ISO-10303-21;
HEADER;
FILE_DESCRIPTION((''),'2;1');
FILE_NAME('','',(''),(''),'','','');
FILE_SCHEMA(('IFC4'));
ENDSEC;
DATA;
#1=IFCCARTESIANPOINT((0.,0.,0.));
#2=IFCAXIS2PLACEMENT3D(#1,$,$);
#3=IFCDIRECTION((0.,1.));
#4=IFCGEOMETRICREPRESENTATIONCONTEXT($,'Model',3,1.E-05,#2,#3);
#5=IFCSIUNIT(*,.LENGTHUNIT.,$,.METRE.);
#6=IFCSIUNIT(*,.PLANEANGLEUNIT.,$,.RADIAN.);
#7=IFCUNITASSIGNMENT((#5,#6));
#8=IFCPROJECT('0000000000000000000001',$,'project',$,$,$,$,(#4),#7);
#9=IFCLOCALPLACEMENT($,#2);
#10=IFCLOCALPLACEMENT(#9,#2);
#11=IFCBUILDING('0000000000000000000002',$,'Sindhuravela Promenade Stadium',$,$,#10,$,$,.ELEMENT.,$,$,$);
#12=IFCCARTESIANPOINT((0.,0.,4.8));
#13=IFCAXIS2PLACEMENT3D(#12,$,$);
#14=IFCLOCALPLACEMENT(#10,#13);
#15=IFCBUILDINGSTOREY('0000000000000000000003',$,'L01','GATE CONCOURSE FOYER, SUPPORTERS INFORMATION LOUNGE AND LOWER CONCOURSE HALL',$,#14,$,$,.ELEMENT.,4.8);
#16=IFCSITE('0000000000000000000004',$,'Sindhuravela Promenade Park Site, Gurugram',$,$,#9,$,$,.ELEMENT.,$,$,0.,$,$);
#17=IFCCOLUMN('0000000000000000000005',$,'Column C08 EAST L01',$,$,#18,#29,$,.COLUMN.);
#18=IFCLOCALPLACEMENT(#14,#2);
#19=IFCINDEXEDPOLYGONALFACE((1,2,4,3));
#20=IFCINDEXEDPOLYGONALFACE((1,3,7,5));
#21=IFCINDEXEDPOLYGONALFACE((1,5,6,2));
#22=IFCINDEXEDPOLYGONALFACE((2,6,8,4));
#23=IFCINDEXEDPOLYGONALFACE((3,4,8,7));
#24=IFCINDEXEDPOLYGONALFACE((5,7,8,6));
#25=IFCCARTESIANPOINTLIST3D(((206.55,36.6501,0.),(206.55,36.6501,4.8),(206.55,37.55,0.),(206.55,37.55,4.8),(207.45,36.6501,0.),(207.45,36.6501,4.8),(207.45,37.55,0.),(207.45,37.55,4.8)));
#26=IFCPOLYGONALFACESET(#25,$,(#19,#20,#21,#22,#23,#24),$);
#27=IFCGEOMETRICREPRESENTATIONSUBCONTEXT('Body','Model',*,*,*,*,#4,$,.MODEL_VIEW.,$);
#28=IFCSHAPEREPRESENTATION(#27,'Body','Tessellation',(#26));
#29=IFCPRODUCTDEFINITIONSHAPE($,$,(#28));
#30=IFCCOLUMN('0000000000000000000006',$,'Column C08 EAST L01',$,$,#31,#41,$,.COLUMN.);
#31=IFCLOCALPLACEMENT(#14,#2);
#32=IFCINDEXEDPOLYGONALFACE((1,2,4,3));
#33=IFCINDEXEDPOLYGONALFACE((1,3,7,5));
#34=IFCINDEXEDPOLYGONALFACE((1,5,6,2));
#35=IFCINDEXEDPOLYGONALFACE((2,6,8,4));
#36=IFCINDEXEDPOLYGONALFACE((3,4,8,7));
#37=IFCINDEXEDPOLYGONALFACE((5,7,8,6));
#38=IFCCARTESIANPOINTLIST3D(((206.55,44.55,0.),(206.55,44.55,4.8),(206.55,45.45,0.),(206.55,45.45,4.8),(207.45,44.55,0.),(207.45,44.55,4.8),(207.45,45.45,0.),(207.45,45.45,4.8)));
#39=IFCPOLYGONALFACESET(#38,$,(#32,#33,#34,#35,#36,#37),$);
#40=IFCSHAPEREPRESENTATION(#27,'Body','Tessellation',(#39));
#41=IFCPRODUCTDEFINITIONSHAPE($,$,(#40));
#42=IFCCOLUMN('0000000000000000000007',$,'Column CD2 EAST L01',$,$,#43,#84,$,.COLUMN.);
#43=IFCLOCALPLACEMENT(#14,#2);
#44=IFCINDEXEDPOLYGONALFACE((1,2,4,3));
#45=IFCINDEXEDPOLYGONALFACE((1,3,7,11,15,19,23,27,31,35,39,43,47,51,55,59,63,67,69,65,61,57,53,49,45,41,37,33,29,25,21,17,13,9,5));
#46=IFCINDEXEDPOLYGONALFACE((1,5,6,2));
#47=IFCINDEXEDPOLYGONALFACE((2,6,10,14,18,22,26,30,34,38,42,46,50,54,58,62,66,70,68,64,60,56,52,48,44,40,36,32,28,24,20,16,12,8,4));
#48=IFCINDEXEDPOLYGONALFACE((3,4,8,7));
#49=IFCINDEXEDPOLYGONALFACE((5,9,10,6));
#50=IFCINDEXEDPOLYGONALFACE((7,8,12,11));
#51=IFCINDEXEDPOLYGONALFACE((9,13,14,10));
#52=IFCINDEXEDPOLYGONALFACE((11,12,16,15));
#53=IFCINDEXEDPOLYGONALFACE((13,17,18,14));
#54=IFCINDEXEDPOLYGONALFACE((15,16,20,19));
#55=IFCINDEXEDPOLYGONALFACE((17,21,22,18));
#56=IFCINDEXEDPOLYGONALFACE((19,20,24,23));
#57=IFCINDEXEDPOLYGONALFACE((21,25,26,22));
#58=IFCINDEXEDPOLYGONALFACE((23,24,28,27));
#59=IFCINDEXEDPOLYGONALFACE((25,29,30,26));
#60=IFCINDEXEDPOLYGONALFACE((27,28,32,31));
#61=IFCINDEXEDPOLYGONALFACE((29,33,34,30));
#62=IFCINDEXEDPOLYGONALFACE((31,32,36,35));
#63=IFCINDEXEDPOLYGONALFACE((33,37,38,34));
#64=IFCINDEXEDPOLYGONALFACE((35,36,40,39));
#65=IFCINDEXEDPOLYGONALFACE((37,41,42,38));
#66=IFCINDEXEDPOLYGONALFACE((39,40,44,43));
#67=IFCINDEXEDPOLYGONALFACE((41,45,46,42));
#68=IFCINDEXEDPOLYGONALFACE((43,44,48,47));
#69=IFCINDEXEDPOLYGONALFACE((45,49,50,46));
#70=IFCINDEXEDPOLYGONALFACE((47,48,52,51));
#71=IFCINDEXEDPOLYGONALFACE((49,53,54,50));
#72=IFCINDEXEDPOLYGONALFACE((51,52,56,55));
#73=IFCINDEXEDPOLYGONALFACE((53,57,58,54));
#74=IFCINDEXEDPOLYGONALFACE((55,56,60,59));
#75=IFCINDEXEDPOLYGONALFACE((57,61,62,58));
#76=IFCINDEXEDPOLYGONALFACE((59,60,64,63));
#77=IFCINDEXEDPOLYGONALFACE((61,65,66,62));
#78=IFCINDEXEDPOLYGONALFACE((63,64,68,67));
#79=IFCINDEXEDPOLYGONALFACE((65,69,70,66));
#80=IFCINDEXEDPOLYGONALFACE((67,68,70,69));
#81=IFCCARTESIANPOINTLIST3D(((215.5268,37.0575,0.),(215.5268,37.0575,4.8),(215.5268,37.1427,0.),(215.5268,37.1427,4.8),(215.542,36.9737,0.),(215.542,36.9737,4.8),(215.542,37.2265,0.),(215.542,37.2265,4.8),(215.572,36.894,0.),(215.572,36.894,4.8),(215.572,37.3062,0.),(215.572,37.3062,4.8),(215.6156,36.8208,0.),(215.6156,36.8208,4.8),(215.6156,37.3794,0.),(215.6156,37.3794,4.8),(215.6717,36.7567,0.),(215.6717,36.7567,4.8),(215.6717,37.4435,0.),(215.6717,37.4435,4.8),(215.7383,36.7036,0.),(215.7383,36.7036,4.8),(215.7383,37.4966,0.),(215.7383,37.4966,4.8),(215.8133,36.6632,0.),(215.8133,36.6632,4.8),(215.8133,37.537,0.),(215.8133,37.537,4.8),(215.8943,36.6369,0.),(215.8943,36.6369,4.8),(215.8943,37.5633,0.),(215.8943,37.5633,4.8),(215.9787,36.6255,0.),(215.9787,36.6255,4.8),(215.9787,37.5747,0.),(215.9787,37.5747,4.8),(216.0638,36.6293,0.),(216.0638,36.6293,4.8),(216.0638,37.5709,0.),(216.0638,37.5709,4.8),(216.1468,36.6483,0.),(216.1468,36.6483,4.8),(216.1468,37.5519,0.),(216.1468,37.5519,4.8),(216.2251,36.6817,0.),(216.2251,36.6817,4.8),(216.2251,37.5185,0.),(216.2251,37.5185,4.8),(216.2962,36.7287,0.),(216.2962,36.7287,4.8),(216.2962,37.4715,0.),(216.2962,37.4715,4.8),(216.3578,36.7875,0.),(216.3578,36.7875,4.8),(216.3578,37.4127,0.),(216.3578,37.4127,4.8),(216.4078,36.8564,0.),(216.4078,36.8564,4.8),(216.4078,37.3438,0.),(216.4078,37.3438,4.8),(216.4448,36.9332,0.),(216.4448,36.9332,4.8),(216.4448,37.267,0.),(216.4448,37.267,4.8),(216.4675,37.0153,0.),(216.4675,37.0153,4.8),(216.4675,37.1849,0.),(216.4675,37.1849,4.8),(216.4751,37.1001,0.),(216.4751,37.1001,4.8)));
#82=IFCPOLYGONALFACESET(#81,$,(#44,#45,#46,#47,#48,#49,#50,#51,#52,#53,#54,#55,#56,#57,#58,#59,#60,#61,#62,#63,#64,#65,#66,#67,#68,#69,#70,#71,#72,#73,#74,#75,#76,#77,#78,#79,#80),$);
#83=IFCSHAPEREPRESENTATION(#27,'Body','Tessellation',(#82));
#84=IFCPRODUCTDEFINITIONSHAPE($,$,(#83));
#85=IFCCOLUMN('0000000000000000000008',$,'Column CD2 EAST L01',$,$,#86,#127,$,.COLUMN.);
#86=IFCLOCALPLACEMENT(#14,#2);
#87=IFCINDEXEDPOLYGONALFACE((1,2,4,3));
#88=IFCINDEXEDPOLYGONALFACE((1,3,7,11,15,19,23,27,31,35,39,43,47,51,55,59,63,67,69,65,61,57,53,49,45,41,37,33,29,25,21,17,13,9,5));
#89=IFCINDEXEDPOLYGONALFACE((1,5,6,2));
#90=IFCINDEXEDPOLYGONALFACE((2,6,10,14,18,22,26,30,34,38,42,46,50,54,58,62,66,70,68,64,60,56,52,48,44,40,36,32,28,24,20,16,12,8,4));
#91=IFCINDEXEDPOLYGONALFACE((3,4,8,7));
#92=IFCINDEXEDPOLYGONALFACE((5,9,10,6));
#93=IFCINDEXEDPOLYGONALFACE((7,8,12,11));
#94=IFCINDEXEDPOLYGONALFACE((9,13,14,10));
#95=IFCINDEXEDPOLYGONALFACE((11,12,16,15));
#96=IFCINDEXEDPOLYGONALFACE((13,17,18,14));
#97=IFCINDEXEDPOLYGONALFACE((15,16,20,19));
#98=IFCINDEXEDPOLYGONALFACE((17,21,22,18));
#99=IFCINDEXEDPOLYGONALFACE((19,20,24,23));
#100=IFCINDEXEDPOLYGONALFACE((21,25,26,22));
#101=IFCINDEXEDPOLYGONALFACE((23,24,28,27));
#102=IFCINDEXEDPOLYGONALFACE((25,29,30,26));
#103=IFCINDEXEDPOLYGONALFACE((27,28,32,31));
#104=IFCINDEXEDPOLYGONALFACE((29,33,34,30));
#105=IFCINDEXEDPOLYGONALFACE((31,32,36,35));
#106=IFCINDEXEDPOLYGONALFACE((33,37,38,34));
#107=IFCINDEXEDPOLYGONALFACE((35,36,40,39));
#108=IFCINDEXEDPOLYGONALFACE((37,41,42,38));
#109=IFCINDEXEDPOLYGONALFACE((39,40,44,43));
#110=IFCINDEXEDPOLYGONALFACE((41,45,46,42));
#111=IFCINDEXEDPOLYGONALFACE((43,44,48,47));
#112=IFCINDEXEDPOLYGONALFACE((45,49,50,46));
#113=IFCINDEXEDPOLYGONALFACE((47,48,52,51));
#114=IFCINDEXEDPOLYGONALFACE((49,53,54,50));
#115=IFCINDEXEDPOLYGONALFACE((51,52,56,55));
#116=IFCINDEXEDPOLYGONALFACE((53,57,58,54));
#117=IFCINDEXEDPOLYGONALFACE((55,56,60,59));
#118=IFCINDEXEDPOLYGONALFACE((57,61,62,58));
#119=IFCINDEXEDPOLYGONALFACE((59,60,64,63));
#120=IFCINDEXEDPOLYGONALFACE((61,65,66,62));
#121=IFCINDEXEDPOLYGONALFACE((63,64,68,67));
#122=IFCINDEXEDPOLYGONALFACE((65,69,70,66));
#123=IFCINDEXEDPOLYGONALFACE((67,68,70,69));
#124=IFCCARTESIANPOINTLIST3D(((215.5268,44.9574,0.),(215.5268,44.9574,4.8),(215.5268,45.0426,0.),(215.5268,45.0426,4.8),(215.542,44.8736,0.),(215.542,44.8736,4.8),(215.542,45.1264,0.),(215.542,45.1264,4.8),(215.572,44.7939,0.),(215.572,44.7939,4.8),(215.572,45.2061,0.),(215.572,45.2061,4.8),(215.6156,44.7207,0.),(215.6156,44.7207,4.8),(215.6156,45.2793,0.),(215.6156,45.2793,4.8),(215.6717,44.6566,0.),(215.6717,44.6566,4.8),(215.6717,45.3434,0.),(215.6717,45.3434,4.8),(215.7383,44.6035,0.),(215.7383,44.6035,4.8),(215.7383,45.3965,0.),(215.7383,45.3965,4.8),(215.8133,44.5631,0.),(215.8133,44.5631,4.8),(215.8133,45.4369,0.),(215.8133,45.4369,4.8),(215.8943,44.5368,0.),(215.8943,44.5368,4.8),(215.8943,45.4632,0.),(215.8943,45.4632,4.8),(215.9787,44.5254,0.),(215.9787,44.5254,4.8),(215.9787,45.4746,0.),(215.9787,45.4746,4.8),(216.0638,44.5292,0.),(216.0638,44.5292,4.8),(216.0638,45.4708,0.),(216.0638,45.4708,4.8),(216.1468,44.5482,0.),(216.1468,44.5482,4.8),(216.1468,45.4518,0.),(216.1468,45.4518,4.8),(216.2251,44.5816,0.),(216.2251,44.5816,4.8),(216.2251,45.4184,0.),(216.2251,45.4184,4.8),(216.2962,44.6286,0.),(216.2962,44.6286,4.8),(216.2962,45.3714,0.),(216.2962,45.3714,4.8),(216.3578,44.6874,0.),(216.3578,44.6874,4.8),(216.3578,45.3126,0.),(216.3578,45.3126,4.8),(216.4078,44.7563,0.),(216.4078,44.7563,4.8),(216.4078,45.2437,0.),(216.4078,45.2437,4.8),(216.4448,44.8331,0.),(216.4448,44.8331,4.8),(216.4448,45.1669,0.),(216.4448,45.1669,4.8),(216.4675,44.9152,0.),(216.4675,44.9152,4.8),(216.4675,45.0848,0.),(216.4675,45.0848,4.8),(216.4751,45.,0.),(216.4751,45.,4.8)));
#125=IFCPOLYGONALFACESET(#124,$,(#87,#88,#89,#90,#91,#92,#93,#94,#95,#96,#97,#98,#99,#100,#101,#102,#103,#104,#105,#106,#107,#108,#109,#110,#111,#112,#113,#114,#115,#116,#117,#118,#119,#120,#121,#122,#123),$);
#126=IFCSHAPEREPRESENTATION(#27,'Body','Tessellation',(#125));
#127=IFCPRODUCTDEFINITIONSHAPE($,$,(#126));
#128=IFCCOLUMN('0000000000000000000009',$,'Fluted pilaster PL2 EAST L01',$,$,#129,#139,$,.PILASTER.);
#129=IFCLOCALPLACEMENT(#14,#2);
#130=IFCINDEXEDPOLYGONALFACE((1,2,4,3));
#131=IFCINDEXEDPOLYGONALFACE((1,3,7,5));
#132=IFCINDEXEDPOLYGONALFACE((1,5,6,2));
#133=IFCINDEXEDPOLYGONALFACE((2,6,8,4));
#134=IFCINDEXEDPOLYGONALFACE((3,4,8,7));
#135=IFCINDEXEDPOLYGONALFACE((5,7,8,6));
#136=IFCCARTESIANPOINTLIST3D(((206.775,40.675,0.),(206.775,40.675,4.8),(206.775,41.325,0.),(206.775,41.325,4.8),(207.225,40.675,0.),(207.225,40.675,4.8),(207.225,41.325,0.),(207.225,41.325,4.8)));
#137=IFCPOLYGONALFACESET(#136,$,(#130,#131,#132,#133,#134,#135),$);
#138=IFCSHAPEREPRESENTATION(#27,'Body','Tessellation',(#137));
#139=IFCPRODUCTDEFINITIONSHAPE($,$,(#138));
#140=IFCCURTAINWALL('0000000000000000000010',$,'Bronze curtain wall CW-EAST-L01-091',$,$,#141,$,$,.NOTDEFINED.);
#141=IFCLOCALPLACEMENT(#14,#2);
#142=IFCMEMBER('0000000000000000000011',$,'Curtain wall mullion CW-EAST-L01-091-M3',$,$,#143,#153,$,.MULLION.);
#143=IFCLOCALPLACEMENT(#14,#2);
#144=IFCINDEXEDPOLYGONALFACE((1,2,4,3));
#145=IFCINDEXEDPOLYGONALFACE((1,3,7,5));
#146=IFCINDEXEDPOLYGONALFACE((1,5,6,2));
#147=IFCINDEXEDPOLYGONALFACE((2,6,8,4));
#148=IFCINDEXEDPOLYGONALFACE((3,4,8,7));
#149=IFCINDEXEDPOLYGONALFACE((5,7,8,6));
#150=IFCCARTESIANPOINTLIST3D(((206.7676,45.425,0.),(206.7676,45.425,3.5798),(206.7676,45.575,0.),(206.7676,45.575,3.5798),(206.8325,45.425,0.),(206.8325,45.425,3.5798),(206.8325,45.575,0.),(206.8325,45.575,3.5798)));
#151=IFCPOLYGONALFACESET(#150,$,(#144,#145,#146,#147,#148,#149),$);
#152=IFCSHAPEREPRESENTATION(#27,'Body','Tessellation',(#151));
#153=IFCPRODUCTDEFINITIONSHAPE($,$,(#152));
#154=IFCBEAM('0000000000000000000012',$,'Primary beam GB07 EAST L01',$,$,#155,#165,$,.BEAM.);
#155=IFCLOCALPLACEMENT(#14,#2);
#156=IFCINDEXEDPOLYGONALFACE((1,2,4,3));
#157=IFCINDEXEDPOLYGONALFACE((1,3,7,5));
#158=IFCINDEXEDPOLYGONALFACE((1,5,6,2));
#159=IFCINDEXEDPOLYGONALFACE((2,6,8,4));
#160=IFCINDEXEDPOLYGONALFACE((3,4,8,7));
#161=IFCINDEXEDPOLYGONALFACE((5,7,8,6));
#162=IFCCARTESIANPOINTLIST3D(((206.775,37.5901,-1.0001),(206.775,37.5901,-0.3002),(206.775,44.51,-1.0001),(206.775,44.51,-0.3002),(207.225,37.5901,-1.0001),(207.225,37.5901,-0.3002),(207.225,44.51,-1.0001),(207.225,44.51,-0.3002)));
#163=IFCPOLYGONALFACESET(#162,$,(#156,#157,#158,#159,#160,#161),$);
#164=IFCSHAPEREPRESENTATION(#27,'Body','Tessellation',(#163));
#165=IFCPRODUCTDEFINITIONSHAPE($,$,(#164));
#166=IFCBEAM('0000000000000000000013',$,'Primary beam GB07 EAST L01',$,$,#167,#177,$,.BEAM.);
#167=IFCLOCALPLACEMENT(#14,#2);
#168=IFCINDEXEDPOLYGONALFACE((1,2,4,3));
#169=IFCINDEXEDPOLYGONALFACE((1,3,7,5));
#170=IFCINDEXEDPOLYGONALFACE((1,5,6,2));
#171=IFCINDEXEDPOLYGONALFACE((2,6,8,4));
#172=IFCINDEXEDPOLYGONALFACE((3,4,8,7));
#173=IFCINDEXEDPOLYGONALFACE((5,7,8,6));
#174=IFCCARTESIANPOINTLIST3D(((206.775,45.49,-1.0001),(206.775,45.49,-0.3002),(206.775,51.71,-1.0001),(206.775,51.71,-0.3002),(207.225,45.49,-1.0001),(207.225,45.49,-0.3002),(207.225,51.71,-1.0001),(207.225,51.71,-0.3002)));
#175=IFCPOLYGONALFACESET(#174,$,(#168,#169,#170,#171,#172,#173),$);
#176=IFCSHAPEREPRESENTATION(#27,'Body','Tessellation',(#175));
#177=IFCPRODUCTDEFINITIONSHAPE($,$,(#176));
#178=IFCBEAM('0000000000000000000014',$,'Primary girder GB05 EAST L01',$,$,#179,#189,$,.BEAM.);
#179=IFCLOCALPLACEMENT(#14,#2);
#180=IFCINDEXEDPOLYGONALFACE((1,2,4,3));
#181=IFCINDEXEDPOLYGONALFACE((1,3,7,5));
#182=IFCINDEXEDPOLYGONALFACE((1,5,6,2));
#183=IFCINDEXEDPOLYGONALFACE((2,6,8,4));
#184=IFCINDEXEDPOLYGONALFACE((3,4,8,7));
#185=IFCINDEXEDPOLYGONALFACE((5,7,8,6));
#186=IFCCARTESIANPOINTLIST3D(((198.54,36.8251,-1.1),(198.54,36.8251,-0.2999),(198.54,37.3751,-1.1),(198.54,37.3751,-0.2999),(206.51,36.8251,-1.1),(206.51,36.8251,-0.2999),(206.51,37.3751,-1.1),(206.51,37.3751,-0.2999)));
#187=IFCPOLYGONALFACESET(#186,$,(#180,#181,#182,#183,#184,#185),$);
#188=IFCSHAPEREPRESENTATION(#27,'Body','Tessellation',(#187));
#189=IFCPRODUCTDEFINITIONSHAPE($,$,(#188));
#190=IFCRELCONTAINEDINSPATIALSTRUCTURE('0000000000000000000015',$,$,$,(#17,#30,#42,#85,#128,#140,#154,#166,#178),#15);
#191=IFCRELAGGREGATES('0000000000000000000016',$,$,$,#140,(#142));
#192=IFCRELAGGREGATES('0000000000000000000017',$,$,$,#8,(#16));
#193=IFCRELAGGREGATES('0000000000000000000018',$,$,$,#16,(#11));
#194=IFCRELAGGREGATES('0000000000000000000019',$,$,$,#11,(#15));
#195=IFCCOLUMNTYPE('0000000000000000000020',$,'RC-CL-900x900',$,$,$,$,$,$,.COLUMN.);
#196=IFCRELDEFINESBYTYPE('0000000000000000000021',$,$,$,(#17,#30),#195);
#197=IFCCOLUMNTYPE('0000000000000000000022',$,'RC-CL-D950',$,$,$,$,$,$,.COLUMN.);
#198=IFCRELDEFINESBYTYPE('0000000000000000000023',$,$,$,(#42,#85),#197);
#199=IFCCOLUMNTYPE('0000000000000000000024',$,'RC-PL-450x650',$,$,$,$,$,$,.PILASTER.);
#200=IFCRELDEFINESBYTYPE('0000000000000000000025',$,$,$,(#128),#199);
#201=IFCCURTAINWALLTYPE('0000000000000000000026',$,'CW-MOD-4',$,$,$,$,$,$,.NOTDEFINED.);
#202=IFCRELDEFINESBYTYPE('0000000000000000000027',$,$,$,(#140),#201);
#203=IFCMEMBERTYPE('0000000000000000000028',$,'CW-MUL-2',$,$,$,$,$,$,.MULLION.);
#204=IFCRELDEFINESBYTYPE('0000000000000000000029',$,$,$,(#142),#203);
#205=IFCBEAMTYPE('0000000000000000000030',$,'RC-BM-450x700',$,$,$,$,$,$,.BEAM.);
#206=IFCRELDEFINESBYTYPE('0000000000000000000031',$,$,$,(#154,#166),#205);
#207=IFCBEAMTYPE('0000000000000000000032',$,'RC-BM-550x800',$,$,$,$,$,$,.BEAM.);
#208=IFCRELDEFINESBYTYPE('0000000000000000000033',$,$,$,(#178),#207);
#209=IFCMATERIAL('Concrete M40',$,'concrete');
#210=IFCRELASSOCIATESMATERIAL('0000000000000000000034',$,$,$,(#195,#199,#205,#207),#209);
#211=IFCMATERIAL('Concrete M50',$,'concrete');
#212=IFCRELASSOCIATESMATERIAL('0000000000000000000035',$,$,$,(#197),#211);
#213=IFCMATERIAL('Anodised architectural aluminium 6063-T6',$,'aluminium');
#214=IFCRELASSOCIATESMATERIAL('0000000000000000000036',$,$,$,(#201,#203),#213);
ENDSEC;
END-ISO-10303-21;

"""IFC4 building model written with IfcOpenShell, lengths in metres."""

from ifc_helpers import new_model, si_unit, direction, frame, origin, origin_2d, place, context, subcontext, project, spatial, rectangle, circle, extrude, material, material_profile, profile_set, type_object, element, aggregate, save


model = new_model("IFC4")

# Units and contexts
model_context = context("Model", 3, precision=1e-05, world=origin(), true_north=direction((0.0, 1.0)))
body_context = subcontext(model_context, "Body", "Model", "MODEL_VIEW")
ifc_project = project(units=[si_unit("LENGTHUNIT", "METRE"), si_unit("PLANEANGLEUNIT", "RADIAN")], contexts=[model_context])

# Site, building, storey
site_placement = place(None, origin())
site = spatial("IfcSite", under=ifc_project, at=site_placement, Name="Sindhuravela Promenade Park Site, Gurugram", CompositionType="ELEMENT", RefElevation=0.0)
building_placement = place(site_placement, origin())
building = spatial("IfcBuilding", under=site, at=building_placement, Name="Sindhuravela Promenade Stadium", CompositionType="ELEMENT")
storey_placement = place(building_placement, frame((0.0, 0.0, 4.8)))
storey = spatial("IfcBuildingStorey", under=building, at=storey_placement, Name="L01", Description="GATE CONCOURSE FOYER, SUPPORTERS INFORMATION LOUNGE AND LOWER CONCOURSE HALL", CompositionType="ELEMENT", Elevation=4.8)

# Columns
ifc_material_1 = material(Name="Concrete M40", Category="concrete")
ifc_material_profile_1 = material_profile(ifc_material_1, rectangle(XDim=0.8999, YDim=0.8999, at=origin_2d()), Name="RC 900x900")
ifc_profile_set_1 = profile_set([ifc_material_profile_1], Name="Concrete M40")
column_type_1 = type_object("IfcColumnType", Name="RC-CL-900x900", PredefinedType="COLUMN", material=ifc_profile_set_1)
for number, where, z_axis, x_axis, name in (
    (1, (207.0, 37.1001, 0.0), (0.0, 0.0, 1.0), (1.0, 0.0, 0.0), "Column C08 EAST L01"),
    (2, (207.0, 45.0, 0.0), (0.0, 0.0, 1.0), (1.0, 0.0, 0.0), "Column C08 EAST L01"),
):
    element("IfcColumn", number, at=place(storey_placement, frame(where, z_axis=z_axis, x_axis=x_axis)), inside=storey, type_object=column_type_1, Name=name, PredefinedType="COLUMN", context=body_context, shape_type="SweptSolid", body=[
        extrude(rectangle(XDim=0.8999, YDim=0.8999, at=origin_2d()), origin(), (0.0, 0.0, 1.0), 4.8),
    ])
ifc_material_2 = material(Name="Concrete M50", Category="concrete")
ifc_material_profile_2 = material_profile(ifc_material_2, circle(Radius=0.4751, at=origin_2d()), Name="RC D950")
ifc_profile_set_2 = profile_set([ifc_material_profile_2], Name="Concrete M50")
column_type_2 = type_object("IfcColumnType", Name="RC-CL-D950", PredefinedType="COLUMN", material=ifc_profile_set_2)
for number, where, z_axis, x_axis, name in (
    (3, (216.0, 37.1001, 0.0), (0.0, 0.0, 1.0), (1.0, 0.0, 0.0), "Column CD2 EAST L01"),
    (4, (216.0, 45.0, 0.0), (0.0, 0.0, 1.0), (1.0, 0.0, 0.0), "Column CD2 EAST L01"),
):
    element("IfcColumn", number, at=place(storey_placement, frame(where, z_axis=z_axis, x_axis=x_axis)), inside=storey, type_object=column_type_2, Name=name, PredefinedType="COLUMN", context=body_context, shape_type="SweptSolid", body=[
        extrude(circle(Radius=0.4751, at=origin_2d()), origin(), (0.0, 0.0, 1.0), 4.8),
    ])
ifc_material_profile_3 = material_profile(ifc_material_1, rectangle(XDim=0.45, YDim=0.6499, at=origin_2d()), Name="PIL 450x650")
ifc_profile_set_3 = profile_set([ifc_material_profile_3], Name="Concrete M40")
column_type_3 = type_object("IfcColumnType", Name="RC-PL-450x650", PredefinedType="PILASTER", material=ifc_profile_set_3)
column_placement = place(storey_placement, frame((207.0, 41.0, 0.0), z_axis=(0.0, 0.0, 1.0), x_axis=(1.0, 0.0, 0.0)))
element("IfcColumn", 5, at=column_placement, inside=storey, type_object=column_type_3, Name="Fluted pilaster PL2 EAST L01", PredefinedType="PILASTER", context=body_context, shape_type="SweptSolid", body=[
    extrude(rectangle(XDim=0.45, YDim=0.6499, at=origin_2d()), origin(), (0.0, 0.0, 1.0), 4.8),
])

# Curtain wall, member
ifc_material_3 = material(Name="Anodised architectural aluminium 6063-T6", Category="aluminium")
curtain_wall_type = type_object("IfcCurtainWallType", Name="CW-MOD-4", PredefinedType="NOTDEFINED", material=ifc_material_3)
curtain_wall_placement = place(storey_placement, origin())
curtain_wall = element("IfcCurtainWall", 6, at=curtain_wall_placement, inside=storey, type_object=curtain_wall_type, Name="Bronze curtain wall CW-EAST-L01-091", PredefinedType="NOTDEFINED")
ifc_material_profile_4 = material_profile(ifc_material_3, rectangle(XDim=0.0649, YDim=0.1499, at=origin_2d()), Name="ALU MULL 65x150")
ifc_profile_set_4 = profile_set([ifc_material_profile_4], Name="Anodised architectural aluminium 6063-T6")
member_type = type_object("IfcMemberType", Name="CW-MUL-2", PredefinedType="MULLION", material=ifc_profile_set_4)
member_placement = place(storey_placement, frame((206.8, 45.5, 0.0), z_axis=(0.0, 0.0, 1.0), x_axis=(1.0, 0.0, 0.0)))
member = element("IfcMember", 7, at=member_placement, type_object=member_type, Name="Curtain wall mullion CW-EAST-L01-091-M3", PredefinedType="MULLION", context=body_context, shape_type="SweptSolid", body=[
    extrude(rectangle(XDim=0.0649, YDim=0.1499, at=origin_2d()), origin(), (0.0, 0.0, 1.0), 3.5798),
])
aggregate(curtain_wall, [member])

# Beams
ifc_material_profile_5 = material_profile(ifc_material_1, rectangle(XDim=0.45, YDim=0.7, at=origin_2d()), Name="RC 450x700")
ifc_profile_set_5 = profile_set([ifc_material_profile_5], Name="Concrete M40")
beam_type_1 = type_object("IfcBeamType", Name="RC-BM-450x700", PredefinedType="BEAM", material=ifc_profile_set_5)
beam_1_placement = place(storey_placement, frame((207.0, 37.5901, -0.6501), z_axis=(0.0, 1.0, 0.0), x_axis=(-1.0, 0.0, 0.0)))
element("IfcBeam", 8, at=beam_1_placement, inside=storey, type_object=beam_type_1, Name="Primary beam GB07 EAST L01", PredefinedType="BEAM", context=body_context, shape_type="SweptSolid", body=[
    extrude(rectangle(XDim=0.45, YDim=0.7, at=origin_2d()), origin(), (0.0, 0.0, 1.0), 6.9199),
])
beam_2_placement = place(storey_placement, frame((207.0, 45.49, -0.6501), z_axis=(0.0, 1.0, 0.0), x_axis=(-1.0, 0.0, 0.0)))
element("IfcBeam", 9, at=beam_2_placement, inside=storey, type_object=beam_type_1, Name="Primary beam GB07 EAST L01", PredefinedType="BEAM", context=body_context, shape_type="SweptSolid", body=[
    extrude(rectangle(XDim=0.45, YDim=0.7, at=origin_2d()), origin(), (0.0, 0.0, 1.0), 6.22),
])
ifc_material_profile_6 = material_profile(ifc_material_1, rectangle(XDim=0.55, YDim=0.8, at=origin_2d()), Name="RC 550x800")
ifc_profile_set_6 = profile_set([ifc_material_profile_6], Name="Concrete M40")
beam_type_2 = type_object("IfcBeamType", Name="RC-BM-550x800", PredefinedType="BEAM", material=ifc_profile_set_6)
for number, where, z_axis, x_axis, name in (
    (10, (198.54, 37.1001, -0.7), (1.0, 0.0, 0.0), (0.0, 1.0, 0.0), "Primary girder GB05 EAST L01"),
):
    element("IfcBeam", number, at=place(storey_placement, frame(where, z_axis=z_axis, x_axis=x_axis)), inside=storey, type_object=beam_type_2, Name=name, PredefinedType="BEAM", context=body_context, shape_type="SweptSolid", body=[
        extrude(rectangle(XDim=0.55, YDim=0.8, at=origin_2d()), origin(), (0.0, 0.0, 1.0), 7.97),
    ])

save(model, "model.ifc")
